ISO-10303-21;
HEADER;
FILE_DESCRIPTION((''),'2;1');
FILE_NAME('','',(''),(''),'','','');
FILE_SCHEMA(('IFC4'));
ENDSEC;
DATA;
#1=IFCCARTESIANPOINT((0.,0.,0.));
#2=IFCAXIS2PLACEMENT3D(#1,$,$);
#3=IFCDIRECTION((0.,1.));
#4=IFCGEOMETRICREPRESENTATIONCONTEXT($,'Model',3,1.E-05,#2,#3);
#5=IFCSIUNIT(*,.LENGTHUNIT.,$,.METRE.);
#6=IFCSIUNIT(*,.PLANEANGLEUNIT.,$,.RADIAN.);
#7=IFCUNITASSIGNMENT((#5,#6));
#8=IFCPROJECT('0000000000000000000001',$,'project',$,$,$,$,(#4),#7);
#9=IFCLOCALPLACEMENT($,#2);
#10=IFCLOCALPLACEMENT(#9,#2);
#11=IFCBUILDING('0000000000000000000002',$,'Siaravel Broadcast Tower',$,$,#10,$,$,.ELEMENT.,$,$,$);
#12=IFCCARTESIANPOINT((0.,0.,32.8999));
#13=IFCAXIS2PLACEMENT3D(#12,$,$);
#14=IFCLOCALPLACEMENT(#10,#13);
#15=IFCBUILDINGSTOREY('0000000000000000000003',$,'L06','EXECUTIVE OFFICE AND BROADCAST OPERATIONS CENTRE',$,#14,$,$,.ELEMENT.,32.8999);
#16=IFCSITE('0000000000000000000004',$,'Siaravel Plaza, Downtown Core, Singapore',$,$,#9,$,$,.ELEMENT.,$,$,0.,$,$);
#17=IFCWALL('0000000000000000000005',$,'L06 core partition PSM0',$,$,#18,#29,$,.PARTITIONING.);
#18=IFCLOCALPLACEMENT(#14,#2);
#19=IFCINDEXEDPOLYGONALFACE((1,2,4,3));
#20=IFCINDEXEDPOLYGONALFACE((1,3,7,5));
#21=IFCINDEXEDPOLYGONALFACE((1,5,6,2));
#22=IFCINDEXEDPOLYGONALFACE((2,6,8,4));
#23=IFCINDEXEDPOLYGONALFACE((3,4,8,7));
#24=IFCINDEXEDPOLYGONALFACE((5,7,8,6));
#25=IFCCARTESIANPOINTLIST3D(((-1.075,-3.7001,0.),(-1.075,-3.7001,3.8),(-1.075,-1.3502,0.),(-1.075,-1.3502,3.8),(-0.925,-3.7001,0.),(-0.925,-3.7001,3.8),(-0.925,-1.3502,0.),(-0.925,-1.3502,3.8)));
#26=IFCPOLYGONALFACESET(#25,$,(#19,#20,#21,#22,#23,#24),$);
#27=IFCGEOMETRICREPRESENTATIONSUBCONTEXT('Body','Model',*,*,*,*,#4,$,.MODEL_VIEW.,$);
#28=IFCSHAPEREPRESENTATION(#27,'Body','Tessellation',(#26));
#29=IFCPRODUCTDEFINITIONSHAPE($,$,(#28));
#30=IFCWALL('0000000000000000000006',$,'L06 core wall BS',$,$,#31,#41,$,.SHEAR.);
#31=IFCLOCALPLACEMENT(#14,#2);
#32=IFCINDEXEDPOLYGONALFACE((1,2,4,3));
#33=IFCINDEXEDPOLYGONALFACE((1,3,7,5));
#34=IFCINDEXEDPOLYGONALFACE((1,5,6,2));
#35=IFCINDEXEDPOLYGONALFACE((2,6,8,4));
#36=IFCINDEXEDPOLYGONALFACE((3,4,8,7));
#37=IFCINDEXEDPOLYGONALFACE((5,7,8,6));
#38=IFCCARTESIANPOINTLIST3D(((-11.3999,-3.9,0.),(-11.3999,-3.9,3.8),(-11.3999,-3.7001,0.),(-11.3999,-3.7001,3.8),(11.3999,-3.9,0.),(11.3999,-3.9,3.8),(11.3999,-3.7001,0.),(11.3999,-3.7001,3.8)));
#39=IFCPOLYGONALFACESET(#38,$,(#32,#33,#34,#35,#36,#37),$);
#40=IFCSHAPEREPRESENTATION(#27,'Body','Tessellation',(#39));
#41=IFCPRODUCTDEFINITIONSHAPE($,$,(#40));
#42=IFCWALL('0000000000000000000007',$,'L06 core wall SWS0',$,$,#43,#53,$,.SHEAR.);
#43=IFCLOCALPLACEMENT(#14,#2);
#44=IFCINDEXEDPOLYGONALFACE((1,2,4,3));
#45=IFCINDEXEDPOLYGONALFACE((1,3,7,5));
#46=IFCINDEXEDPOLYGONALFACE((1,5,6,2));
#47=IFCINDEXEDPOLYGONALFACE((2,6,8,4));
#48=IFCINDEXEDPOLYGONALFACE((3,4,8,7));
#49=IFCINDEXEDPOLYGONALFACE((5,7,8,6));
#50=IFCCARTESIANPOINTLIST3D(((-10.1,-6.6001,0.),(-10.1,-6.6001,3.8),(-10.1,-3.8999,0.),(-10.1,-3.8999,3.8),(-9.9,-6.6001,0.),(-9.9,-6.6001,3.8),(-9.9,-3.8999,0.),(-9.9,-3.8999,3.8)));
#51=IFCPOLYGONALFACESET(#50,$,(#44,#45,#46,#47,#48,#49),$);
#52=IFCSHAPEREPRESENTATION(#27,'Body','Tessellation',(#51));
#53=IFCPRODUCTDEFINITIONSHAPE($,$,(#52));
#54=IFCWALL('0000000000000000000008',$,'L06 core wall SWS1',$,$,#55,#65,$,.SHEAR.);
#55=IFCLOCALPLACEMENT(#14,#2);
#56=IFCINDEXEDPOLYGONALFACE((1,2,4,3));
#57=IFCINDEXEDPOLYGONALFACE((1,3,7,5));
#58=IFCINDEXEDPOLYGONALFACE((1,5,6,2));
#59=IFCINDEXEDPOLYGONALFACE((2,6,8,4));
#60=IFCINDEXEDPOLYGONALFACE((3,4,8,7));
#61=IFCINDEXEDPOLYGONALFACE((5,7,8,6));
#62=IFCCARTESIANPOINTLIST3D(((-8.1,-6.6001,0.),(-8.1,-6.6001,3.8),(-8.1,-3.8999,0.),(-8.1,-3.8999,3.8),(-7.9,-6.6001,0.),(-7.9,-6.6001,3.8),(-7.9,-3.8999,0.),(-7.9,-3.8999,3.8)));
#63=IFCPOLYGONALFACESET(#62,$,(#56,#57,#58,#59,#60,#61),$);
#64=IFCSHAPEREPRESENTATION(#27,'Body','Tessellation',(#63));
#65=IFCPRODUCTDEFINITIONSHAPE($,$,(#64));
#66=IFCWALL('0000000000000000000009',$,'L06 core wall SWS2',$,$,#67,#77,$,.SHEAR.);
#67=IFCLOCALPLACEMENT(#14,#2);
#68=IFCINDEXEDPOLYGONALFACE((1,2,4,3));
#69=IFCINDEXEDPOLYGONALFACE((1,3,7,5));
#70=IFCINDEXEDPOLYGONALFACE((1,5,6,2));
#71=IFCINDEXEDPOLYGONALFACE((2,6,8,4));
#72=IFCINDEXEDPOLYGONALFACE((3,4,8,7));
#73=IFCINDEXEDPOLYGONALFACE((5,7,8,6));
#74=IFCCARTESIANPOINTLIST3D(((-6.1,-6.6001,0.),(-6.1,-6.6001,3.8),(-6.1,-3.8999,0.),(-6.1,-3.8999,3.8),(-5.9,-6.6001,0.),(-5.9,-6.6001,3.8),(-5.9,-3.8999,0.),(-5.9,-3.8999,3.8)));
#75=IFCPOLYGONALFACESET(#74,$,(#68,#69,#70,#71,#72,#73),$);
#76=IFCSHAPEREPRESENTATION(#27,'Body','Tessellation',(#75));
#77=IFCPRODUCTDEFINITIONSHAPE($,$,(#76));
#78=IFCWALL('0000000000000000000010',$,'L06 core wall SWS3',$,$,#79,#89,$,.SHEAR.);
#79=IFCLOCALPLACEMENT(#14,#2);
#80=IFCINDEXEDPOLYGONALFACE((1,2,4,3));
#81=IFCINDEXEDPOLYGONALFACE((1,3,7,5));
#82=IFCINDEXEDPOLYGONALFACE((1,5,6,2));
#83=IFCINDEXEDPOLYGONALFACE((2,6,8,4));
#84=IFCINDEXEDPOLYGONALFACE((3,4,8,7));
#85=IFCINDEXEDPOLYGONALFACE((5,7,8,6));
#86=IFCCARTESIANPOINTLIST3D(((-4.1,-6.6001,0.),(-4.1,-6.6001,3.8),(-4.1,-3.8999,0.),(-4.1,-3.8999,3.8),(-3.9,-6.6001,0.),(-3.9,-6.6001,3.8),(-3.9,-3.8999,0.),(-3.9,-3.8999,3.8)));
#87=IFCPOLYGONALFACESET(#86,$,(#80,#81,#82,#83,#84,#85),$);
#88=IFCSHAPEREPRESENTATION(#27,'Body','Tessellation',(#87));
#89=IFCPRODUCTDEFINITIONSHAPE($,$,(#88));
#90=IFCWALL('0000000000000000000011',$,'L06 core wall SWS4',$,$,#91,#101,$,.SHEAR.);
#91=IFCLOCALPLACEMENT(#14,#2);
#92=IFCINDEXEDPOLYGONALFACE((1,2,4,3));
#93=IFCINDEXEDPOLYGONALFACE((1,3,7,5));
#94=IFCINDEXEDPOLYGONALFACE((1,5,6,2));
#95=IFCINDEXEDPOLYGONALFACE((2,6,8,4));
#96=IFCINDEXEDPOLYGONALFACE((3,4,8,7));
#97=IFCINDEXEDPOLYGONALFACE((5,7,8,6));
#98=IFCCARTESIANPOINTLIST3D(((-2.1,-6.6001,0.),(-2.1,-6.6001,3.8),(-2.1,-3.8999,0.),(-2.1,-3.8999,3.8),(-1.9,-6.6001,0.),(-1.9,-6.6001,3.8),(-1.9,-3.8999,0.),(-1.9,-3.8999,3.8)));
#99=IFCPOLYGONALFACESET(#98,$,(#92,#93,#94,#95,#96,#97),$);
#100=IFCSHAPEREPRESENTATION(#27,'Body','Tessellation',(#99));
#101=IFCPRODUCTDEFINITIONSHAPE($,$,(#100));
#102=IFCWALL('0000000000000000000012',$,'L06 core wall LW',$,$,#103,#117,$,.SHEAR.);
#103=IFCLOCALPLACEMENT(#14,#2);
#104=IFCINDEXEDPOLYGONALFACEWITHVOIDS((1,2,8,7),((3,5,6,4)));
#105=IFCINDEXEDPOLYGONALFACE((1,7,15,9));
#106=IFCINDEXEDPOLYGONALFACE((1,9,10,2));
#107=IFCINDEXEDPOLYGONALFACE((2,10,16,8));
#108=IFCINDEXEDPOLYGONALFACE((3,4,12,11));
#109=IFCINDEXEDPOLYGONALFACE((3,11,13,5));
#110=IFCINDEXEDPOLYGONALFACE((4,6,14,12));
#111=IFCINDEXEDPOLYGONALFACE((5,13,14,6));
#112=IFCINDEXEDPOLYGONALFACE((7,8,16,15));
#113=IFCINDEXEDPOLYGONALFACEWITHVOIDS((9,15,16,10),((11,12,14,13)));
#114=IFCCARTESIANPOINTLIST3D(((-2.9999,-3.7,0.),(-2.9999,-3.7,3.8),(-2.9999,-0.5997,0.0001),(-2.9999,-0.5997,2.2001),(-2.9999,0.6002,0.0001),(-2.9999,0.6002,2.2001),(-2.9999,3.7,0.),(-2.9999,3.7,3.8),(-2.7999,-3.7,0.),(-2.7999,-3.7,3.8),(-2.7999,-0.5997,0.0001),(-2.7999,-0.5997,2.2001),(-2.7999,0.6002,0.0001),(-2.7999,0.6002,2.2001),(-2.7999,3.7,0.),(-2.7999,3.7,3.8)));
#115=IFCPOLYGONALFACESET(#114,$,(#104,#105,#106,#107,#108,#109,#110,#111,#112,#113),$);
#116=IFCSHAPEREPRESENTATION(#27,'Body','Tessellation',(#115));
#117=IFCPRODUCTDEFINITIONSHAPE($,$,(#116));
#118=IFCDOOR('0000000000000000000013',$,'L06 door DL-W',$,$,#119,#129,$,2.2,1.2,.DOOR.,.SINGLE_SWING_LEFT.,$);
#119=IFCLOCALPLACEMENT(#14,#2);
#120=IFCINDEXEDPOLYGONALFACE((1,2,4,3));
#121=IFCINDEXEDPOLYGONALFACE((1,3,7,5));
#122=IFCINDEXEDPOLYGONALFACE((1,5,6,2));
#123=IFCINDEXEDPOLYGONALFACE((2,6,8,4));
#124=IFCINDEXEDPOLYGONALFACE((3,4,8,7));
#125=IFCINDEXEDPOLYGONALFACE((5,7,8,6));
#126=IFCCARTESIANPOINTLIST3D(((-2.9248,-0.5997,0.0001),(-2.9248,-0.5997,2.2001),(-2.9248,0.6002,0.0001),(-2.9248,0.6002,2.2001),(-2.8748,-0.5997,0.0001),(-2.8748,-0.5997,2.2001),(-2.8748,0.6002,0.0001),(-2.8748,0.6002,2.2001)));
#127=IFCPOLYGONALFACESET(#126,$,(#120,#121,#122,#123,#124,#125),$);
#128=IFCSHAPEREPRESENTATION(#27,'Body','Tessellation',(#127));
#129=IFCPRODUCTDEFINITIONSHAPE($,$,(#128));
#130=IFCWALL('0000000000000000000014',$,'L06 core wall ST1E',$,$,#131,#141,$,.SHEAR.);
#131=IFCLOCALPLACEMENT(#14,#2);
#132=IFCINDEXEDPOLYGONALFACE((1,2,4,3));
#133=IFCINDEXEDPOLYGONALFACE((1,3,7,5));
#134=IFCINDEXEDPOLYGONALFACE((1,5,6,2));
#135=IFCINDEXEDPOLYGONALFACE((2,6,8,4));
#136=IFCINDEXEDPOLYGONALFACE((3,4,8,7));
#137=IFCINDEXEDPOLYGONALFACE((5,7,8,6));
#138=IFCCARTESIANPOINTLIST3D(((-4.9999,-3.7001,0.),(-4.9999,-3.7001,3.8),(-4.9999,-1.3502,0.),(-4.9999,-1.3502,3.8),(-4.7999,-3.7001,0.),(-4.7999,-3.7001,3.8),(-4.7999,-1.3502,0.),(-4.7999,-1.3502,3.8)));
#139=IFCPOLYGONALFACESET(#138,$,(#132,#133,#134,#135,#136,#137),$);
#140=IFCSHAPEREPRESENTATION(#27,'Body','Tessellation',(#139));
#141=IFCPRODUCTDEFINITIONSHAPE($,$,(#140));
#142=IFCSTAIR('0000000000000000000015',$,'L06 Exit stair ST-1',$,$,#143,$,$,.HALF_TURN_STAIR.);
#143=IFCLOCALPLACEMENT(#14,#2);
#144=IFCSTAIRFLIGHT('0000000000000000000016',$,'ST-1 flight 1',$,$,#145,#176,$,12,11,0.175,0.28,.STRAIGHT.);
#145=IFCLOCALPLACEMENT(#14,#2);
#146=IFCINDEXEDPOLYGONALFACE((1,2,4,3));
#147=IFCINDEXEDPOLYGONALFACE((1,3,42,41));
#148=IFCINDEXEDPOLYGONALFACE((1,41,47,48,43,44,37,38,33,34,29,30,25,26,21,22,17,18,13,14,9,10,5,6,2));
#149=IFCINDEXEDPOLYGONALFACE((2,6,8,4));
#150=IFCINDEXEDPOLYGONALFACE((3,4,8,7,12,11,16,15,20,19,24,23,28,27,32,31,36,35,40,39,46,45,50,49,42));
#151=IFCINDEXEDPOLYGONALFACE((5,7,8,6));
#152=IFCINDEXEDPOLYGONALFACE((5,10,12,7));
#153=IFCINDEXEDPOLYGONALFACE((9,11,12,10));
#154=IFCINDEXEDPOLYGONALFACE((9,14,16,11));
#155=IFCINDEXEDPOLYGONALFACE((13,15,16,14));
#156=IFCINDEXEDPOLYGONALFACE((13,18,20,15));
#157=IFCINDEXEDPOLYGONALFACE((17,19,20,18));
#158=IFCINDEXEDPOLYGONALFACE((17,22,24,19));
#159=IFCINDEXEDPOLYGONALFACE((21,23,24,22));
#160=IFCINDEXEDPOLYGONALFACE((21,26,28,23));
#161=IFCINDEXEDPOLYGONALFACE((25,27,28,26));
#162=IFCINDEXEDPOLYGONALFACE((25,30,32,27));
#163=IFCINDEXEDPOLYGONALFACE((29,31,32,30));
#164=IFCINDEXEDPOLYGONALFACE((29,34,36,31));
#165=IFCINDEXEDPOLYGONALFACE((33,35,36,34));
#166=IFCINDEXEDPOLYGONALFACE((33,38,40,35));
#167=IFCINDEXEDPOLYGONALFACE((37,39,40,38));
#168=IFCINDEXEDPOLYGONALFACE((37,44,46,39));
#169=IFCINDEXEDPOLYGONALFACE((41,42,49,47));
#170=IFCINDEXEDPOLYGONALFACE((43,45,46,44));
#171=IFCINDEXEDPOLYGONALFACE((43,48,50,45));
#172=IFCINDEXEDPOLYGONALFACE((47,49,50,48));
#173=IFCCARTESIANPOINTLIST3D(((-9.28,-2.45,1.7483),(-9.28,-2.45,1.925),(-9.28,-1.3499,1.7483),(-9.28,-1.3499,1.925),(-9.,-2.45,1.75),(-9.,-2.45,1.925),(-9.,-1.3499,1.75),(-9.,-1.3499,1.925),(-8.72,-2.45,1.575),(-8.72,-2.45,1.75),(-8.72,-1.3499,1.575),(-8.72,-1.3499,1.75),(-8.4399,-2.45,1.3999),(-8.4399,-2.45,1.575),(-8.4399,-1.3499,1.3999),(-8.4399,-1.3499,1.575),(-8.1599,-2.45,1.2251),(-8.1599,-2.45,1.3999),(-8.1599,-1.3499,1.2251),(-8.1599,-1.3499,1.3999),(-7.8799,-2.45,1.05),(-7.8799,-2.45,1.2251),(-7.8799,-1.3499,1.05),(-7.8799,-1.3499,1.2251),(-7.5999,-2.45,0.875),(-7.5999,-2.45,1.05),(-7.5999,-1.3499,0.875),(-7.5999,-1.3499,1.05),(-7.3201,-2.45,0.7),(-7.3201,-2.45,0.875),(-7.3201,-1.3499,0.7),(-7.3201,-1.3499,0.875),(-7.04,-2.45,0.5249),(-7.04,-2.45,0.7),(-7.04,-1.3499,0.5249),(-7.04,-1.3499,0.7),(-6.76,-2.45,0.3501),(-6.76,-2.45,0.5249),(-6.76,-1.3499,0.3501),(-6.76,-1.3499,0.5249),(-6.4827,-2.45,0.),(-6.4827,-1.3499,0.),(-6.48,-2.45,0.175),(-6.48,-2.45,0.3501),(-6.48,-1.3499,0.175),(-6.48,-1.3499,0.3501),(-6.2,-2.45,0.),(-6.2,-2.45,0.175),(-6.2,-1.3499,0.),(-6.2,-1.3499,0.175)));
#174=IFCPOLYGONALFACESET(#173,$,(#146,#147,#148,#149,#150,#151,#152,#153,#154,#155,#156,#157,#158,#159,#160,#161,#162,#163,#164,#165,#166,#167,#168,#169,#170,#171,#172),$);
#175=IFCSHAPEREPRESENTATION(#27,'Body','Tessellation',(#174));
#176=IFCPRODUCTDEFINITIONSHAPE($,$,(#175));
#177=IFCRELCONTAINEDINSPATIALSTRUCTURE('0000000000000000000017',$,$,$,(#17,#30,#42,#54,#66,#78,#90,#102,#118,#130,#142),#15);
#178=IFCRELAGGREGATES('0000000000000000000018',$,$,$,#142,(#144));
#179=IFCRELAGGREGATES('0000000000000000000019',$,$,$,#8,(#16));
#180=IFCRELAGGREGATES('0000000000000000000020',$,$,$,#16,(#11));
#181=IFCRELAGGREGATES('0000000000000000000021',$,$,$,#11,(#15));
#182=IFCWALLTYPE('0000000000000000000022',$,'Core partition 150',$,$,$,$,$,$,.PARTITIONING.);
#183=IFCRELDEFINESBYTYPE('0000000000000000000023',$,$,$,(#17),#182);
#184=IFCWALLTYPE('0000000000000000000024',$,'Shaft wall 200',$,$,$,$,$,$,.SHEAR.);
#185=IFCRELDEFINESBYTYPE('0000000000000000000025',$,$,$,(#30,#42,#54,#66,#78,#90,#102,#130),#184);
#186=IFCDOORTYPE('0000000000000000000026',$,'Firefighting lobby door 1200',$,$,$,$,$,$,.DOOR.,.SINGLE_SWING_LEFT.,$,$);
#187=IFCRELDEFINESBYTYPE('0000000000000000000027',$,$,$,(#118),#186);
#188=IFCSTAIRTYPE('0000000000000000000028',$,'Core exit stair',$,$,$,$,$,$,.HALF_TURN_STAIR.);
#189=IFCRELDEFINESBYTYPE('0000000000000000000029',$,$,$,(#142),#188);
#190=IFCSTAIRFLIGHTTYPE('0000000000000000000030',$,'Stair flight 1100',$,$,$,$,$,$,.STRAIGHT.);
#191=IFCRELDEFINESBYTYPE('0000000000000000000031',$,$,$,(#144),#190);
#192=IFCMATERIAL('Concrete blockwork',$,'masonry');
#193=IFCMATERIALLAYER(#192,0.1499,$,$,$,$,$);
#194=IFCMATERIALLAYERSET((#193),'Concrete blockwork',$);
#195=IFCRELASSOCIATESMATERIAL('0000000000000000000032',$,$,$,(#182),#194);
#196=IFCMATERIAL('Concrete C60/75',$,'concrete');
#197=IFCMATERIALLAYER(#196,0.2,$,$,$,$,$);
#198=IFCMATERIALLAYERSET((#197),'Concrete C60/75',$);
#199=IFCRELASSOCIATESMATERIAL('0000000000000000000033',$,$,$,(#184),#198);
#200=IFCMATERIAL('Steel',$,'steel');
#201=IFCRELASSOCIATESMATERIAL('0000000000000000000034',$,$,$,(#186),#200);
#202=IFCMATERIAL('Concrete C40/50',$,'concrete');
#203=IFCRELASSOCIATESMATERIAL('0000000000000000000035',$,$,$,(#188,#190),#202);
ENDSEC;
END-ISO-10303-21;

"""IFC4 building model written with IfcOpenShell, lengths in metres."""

from ifc_helpers import new_model, si_unit, direction, frame, frame_2d, origin, place, context, subcontext, project, spatial, polyline, rectangle, outline, extrude, material, layer, layer_set, type_object, element, fill, aggregate, save


model = new_model("IFC4")

# Units and contexts
model_context = context("Model", 3, precision=1e-05, world=origin(), true_north=direction((0.0, 1.0)))
body_context = subcontext(model_context, "Body", "Model", "MODEL_VIEW")
ifc_project = project(units=[si_unit("LENGTHUNIT", "METRE"), si_unit("PLANEANGLEUNIT", "RADIAN")], contexts=[model_context])

# Site, building, storey
site_placement = place(None, origin())
site = spatial("IfcSite", under=ifc_project, at=site_placement, Name="Siaravel Plaza, Downtown Core, Singapore", CompositionType="ELEMENT", RefElevation=0.0)
building_placement = place(site_placement, origin())
building = spatial("IfcBuilding", under=site, at=building_placement, Name="Siaravel Broadcast Tower", CompositionType="ELEMENT")
storey_placement = place(building_placement, frame((0.0, 0.0, 32.8999)))
storey = spatial("IfcBuildingStorey", under=building, at=storey_placement, Name="L06", Description="EXECUTIVE OFFICE AND BROADCAST OPERATIONS CENTRE", CompositionType="ELEMENT", Elevation=32.8999)

# Walls
ifc_material_1 = material(Name="Concrete blockwork", Category="masonry")
ifc_layer_1 = layer(ifc_material_1, 0.1499)
ifc_layer_set_1 = layer_set([ifc_layer_1], Name="Concrete blockwork")
wall_type_1 = type_object("IfcWallType", Name="Core partition 150", PredefinedType="PARTITIONING", material=ifc_layer_set_1)
wall_1_placement = place(storey_placement, frame((-1.0, -3.7, 0.0), z_axis=(0.0, 0.0, 1.0), x_axis=(0.0, 1.0, 0.0)))
element("IfcWall", 1, at=wall_1_placement, inside=storey, type_object=wall_type_1, Name="L06 core partition PSM0", PredefinedType="PARTITIONING", context=body_context, shape_type="SweptSolid", body=[
    extrude(rectangle(XDim=2.3499, YDim=0.1499, at=frame_2d((1.1748, 0.0))), origin(), (0.0, 0.0, 1.0), 3.8),
])
ifc_material_2 = material(Name="Concrete C60/75", Category="concrete")
ifc_layer_2 = layer(ifc_material_2, 0.2)
ifc_layer_set_2 = layer_set([ifc_layer_2], Name="Concrete C60/75")
wall_type_2 = type_object("IfcWallType", Name="Shaft wall 200", PredefinedType="SHEAR", material=ifc_layer_set_2)
wall_2_placement = place(storey_placement, frame((-11.3999, -3.8, 0.0), z_axis=(0.0, 0.0, 1.0), x_axis=(1.0, 0.0, 0.0)))
element("IfcWall", 2, at=wall_2_placement, inside=storey, type_object=wall_type_2, Name="L06 core wall BS", PredefinedType="SHEAR", context=body_context, shape_type="SweptSolid", body=[
    extrude(rectangle(XDim=22.7998, YDim=0.2, at=frame_2d((11.3999, 0.0))), origin(), (0.0, 0.0, 1.0), 3.8),
])
for number, where, z_axis, x_axis, name in (
    (3, (-10.0, -6.6001, 0.0), (0.0, 0.0, 1.0), (0.0, 1.0, 0.0), "L06 core wall SWS0"),
    (4, (-8.0, -6.6001, 0.0), (0.0, 0.0, 1.0), (0.0, 1.0, 0.0), "L06 core wall SWS1"),
    (5, (-6.0, -6.6001, 0.0), (0.0, 0.0, 1.0), (0.0, 1.0, 0.0), "L06 core wall SWS2"),
    (6, (-4.0, -6.6001, 0.0), (0.0, 0.0, 1.0), (0.0, 1.0, 0.0), "L06 core wall SWS3"),
    (7, (-2.0, -6.6001, 0.0), (0.0, 0.0, 1.0), (0.0, 1.0, 0.0), "L06 core wall SWS4"),
):
    element("IfcWall", number, at=place(storey_placement, frame(where, z_axis=z_axis, x_axis=x_axis)), inside=storey, type_object=wall_type_2, Name=name, PredefinedType="SHEAR", context=body_context, shape_type="SweptSolid", body=[
        extrude(rectangle(XDim=2.7002, YDim=0.2, at=frame_2d((1.3501, 0.0))), origin(), (0.0, 0.0, 1.0), 3.8),
    ])

# Wall, opening, door
wall_3_placement = place(storey_placement, frame((-2.8999, -3.7, 0.0), z_axis=(0.0, 0.0, 1.0), x_axis=(0.0, 1.0, 0.0)))
wall_3 = element("IfcWall", 8, at=wall_3_placement, inside=storey, type_object=wall_type_2, Name="L06 core wall LW", PredefinedType="SHEAR", context=body_context, shape_type="SweptSolid", body=[
    extrude(rectangle(XDim=7.3999, YDim=0.2, at=frame_2d((3.7, 0.0))), origin(), (0.0, 0.0, 1.0), 3.8),
])
opening_placement = place(wall_3_placement, frame((3.1001, 0.0, 0.0)))
opening = element("IfcOpeningElement", 9, at=opening_placement, cuts=wall_3, PredefinedType="OPENING", context=body_context, shape_type="SweptSolid", body=[
    extrude(rectangle(XDim=1.2, YDim=2.2, at=frame_2d((0.6001, 1.1001))), frame((0.0, 0.1099, 0.0), z_axis=(0.0, -1.0, 0.0), x_axis=(1.0, 0.0, 0.0)), (0.0, 0.0, 1.0), 0.22),
])
ifc_material_3 = material(Name="Steel", Category="steel")
door_type = type_object("IfcDoorType", Name="Firefighting lobby door 1200", OperationType="SINGLE_SWING_LEFT", PredefinedType="DOOR", material=ifc_material_3)
door_placement = place(opening_placement, origin())
door = element("IfcDoor", 10, at=door_placement, inside=storey, type_object=door_type, Name="L06 door DL-W", OperationType="SINGLE_SWING_LEFT", OverallHeight=2.2, OverallWidth=1.2, PredefinedType="DOOR", context=body_context, shape_type="SweptSolid", body=[
    extrude(rectangle(XDim=1.2, YDim=2.2, at=frame_2d((0.6001, 1.1001))), frame((0.0, 0.0249, 0.0), z_axis=(0.0, -1.0, 0.0), x_axis=(1.0, 0.0, 0.0)), (0.0, 0.0, 1.0), 0.05),
])
fill(opening, door)

# Wall
wall_4_placement = place(storey_placement, frame((-4.8999, -3.7, 0.0), z_axis=(0.0, 0.0, 1.0), x_axis=(0.0, 1.0, 0.0)))
element("IfcWall", 11, at=wall_4_placement, inside=storey, type_object=wall_type_2, Name="L06 core wall ST1E", PredefinedType="SHEAR", context=body_context, shape_type="SweptSolid", body=[
    extrude(rectangle(XDim=2.3499, YDim=0.2, at=frame_2d((1.1748, 0.0))), origin(), (0.0, 0.0, 1.0), 3.8),
])

# Stair, stair flight
ifc_material_4 = material(Name="Concrete C40/50", Category="concrete")
stair_type = type_object("IfcStairType", Name="Core exit stair", PredefinedType="HALF_TURN_STAIR", material=ifc_material_4)
stair_placement = place(storey_placement, origin())
stair = element("IfcStair", 12, at=stair_placement, inside=storey, type_object=stair_type, Name="L06 Exit stair ST-1", PredefinedType="HALF_TURN_STAIR")
stair_flight_type = type_object("IfcStairFlightType", Name="Stair flight 1100", PredefinedType="STRAIGHT", material=ifc_material_4)
stair_flight_1_placement = place(storey_placement, frame((-6.2, -1.8999, 0.0), z_axis=(0.0, 0.0, 1.0), x_axis=(-1.0, 0.0, 0.0)))
stair_flight_1 = element("IfcStairFlight", 13, at=stair_flight_1_placement, type_object=stair_flight_type, Name="ST-1 flight 1", NumberOfRisers=12, NumberOfTreads=11, PredefinedType="STRAIGHT", RiserHeight=0.175, TreadLength=0.28, context=body_context, shape_type="SweptSolid", body=[
    extrude(outline(polyline([(0.0, 0.0), (0.0, 0.175), (0.28, 0.175), (0.28, 0.3501), (0.5601, 0.3501), (0.5601, 0.5249), (0.8401, 0.5249), (0.8401, 0.7), (1.1201, 0.7), (1.1201, 0.875), (1.3999, 0.875), (1.3999, 1.05), (1.6799, 1.05), (1.6799, 1.2251), (1.96, 1.2251), (1.96, 1.3999), (2.24, 1.3999), (2.24, 1.575), (2.52, 1.575), (2.52, 1.75), (2.8, 1.75), (2.8, 1.925), (3.0801, 1.925), (3.0801, 2.1001), (3.0801, 1.7483), (0.2827, 0.0), (0.0, 0.0)])), frame((0.0, 0.55, 0.0), z_axis=(0.0, -1.0, 0.0), x_axis=(1.0, 0.0, 0.0)), (0.0, 0.0, 1.0), 1.1001),
])
aggregate(stair, [stair_flight_1])

save(model, "model.ifc")
